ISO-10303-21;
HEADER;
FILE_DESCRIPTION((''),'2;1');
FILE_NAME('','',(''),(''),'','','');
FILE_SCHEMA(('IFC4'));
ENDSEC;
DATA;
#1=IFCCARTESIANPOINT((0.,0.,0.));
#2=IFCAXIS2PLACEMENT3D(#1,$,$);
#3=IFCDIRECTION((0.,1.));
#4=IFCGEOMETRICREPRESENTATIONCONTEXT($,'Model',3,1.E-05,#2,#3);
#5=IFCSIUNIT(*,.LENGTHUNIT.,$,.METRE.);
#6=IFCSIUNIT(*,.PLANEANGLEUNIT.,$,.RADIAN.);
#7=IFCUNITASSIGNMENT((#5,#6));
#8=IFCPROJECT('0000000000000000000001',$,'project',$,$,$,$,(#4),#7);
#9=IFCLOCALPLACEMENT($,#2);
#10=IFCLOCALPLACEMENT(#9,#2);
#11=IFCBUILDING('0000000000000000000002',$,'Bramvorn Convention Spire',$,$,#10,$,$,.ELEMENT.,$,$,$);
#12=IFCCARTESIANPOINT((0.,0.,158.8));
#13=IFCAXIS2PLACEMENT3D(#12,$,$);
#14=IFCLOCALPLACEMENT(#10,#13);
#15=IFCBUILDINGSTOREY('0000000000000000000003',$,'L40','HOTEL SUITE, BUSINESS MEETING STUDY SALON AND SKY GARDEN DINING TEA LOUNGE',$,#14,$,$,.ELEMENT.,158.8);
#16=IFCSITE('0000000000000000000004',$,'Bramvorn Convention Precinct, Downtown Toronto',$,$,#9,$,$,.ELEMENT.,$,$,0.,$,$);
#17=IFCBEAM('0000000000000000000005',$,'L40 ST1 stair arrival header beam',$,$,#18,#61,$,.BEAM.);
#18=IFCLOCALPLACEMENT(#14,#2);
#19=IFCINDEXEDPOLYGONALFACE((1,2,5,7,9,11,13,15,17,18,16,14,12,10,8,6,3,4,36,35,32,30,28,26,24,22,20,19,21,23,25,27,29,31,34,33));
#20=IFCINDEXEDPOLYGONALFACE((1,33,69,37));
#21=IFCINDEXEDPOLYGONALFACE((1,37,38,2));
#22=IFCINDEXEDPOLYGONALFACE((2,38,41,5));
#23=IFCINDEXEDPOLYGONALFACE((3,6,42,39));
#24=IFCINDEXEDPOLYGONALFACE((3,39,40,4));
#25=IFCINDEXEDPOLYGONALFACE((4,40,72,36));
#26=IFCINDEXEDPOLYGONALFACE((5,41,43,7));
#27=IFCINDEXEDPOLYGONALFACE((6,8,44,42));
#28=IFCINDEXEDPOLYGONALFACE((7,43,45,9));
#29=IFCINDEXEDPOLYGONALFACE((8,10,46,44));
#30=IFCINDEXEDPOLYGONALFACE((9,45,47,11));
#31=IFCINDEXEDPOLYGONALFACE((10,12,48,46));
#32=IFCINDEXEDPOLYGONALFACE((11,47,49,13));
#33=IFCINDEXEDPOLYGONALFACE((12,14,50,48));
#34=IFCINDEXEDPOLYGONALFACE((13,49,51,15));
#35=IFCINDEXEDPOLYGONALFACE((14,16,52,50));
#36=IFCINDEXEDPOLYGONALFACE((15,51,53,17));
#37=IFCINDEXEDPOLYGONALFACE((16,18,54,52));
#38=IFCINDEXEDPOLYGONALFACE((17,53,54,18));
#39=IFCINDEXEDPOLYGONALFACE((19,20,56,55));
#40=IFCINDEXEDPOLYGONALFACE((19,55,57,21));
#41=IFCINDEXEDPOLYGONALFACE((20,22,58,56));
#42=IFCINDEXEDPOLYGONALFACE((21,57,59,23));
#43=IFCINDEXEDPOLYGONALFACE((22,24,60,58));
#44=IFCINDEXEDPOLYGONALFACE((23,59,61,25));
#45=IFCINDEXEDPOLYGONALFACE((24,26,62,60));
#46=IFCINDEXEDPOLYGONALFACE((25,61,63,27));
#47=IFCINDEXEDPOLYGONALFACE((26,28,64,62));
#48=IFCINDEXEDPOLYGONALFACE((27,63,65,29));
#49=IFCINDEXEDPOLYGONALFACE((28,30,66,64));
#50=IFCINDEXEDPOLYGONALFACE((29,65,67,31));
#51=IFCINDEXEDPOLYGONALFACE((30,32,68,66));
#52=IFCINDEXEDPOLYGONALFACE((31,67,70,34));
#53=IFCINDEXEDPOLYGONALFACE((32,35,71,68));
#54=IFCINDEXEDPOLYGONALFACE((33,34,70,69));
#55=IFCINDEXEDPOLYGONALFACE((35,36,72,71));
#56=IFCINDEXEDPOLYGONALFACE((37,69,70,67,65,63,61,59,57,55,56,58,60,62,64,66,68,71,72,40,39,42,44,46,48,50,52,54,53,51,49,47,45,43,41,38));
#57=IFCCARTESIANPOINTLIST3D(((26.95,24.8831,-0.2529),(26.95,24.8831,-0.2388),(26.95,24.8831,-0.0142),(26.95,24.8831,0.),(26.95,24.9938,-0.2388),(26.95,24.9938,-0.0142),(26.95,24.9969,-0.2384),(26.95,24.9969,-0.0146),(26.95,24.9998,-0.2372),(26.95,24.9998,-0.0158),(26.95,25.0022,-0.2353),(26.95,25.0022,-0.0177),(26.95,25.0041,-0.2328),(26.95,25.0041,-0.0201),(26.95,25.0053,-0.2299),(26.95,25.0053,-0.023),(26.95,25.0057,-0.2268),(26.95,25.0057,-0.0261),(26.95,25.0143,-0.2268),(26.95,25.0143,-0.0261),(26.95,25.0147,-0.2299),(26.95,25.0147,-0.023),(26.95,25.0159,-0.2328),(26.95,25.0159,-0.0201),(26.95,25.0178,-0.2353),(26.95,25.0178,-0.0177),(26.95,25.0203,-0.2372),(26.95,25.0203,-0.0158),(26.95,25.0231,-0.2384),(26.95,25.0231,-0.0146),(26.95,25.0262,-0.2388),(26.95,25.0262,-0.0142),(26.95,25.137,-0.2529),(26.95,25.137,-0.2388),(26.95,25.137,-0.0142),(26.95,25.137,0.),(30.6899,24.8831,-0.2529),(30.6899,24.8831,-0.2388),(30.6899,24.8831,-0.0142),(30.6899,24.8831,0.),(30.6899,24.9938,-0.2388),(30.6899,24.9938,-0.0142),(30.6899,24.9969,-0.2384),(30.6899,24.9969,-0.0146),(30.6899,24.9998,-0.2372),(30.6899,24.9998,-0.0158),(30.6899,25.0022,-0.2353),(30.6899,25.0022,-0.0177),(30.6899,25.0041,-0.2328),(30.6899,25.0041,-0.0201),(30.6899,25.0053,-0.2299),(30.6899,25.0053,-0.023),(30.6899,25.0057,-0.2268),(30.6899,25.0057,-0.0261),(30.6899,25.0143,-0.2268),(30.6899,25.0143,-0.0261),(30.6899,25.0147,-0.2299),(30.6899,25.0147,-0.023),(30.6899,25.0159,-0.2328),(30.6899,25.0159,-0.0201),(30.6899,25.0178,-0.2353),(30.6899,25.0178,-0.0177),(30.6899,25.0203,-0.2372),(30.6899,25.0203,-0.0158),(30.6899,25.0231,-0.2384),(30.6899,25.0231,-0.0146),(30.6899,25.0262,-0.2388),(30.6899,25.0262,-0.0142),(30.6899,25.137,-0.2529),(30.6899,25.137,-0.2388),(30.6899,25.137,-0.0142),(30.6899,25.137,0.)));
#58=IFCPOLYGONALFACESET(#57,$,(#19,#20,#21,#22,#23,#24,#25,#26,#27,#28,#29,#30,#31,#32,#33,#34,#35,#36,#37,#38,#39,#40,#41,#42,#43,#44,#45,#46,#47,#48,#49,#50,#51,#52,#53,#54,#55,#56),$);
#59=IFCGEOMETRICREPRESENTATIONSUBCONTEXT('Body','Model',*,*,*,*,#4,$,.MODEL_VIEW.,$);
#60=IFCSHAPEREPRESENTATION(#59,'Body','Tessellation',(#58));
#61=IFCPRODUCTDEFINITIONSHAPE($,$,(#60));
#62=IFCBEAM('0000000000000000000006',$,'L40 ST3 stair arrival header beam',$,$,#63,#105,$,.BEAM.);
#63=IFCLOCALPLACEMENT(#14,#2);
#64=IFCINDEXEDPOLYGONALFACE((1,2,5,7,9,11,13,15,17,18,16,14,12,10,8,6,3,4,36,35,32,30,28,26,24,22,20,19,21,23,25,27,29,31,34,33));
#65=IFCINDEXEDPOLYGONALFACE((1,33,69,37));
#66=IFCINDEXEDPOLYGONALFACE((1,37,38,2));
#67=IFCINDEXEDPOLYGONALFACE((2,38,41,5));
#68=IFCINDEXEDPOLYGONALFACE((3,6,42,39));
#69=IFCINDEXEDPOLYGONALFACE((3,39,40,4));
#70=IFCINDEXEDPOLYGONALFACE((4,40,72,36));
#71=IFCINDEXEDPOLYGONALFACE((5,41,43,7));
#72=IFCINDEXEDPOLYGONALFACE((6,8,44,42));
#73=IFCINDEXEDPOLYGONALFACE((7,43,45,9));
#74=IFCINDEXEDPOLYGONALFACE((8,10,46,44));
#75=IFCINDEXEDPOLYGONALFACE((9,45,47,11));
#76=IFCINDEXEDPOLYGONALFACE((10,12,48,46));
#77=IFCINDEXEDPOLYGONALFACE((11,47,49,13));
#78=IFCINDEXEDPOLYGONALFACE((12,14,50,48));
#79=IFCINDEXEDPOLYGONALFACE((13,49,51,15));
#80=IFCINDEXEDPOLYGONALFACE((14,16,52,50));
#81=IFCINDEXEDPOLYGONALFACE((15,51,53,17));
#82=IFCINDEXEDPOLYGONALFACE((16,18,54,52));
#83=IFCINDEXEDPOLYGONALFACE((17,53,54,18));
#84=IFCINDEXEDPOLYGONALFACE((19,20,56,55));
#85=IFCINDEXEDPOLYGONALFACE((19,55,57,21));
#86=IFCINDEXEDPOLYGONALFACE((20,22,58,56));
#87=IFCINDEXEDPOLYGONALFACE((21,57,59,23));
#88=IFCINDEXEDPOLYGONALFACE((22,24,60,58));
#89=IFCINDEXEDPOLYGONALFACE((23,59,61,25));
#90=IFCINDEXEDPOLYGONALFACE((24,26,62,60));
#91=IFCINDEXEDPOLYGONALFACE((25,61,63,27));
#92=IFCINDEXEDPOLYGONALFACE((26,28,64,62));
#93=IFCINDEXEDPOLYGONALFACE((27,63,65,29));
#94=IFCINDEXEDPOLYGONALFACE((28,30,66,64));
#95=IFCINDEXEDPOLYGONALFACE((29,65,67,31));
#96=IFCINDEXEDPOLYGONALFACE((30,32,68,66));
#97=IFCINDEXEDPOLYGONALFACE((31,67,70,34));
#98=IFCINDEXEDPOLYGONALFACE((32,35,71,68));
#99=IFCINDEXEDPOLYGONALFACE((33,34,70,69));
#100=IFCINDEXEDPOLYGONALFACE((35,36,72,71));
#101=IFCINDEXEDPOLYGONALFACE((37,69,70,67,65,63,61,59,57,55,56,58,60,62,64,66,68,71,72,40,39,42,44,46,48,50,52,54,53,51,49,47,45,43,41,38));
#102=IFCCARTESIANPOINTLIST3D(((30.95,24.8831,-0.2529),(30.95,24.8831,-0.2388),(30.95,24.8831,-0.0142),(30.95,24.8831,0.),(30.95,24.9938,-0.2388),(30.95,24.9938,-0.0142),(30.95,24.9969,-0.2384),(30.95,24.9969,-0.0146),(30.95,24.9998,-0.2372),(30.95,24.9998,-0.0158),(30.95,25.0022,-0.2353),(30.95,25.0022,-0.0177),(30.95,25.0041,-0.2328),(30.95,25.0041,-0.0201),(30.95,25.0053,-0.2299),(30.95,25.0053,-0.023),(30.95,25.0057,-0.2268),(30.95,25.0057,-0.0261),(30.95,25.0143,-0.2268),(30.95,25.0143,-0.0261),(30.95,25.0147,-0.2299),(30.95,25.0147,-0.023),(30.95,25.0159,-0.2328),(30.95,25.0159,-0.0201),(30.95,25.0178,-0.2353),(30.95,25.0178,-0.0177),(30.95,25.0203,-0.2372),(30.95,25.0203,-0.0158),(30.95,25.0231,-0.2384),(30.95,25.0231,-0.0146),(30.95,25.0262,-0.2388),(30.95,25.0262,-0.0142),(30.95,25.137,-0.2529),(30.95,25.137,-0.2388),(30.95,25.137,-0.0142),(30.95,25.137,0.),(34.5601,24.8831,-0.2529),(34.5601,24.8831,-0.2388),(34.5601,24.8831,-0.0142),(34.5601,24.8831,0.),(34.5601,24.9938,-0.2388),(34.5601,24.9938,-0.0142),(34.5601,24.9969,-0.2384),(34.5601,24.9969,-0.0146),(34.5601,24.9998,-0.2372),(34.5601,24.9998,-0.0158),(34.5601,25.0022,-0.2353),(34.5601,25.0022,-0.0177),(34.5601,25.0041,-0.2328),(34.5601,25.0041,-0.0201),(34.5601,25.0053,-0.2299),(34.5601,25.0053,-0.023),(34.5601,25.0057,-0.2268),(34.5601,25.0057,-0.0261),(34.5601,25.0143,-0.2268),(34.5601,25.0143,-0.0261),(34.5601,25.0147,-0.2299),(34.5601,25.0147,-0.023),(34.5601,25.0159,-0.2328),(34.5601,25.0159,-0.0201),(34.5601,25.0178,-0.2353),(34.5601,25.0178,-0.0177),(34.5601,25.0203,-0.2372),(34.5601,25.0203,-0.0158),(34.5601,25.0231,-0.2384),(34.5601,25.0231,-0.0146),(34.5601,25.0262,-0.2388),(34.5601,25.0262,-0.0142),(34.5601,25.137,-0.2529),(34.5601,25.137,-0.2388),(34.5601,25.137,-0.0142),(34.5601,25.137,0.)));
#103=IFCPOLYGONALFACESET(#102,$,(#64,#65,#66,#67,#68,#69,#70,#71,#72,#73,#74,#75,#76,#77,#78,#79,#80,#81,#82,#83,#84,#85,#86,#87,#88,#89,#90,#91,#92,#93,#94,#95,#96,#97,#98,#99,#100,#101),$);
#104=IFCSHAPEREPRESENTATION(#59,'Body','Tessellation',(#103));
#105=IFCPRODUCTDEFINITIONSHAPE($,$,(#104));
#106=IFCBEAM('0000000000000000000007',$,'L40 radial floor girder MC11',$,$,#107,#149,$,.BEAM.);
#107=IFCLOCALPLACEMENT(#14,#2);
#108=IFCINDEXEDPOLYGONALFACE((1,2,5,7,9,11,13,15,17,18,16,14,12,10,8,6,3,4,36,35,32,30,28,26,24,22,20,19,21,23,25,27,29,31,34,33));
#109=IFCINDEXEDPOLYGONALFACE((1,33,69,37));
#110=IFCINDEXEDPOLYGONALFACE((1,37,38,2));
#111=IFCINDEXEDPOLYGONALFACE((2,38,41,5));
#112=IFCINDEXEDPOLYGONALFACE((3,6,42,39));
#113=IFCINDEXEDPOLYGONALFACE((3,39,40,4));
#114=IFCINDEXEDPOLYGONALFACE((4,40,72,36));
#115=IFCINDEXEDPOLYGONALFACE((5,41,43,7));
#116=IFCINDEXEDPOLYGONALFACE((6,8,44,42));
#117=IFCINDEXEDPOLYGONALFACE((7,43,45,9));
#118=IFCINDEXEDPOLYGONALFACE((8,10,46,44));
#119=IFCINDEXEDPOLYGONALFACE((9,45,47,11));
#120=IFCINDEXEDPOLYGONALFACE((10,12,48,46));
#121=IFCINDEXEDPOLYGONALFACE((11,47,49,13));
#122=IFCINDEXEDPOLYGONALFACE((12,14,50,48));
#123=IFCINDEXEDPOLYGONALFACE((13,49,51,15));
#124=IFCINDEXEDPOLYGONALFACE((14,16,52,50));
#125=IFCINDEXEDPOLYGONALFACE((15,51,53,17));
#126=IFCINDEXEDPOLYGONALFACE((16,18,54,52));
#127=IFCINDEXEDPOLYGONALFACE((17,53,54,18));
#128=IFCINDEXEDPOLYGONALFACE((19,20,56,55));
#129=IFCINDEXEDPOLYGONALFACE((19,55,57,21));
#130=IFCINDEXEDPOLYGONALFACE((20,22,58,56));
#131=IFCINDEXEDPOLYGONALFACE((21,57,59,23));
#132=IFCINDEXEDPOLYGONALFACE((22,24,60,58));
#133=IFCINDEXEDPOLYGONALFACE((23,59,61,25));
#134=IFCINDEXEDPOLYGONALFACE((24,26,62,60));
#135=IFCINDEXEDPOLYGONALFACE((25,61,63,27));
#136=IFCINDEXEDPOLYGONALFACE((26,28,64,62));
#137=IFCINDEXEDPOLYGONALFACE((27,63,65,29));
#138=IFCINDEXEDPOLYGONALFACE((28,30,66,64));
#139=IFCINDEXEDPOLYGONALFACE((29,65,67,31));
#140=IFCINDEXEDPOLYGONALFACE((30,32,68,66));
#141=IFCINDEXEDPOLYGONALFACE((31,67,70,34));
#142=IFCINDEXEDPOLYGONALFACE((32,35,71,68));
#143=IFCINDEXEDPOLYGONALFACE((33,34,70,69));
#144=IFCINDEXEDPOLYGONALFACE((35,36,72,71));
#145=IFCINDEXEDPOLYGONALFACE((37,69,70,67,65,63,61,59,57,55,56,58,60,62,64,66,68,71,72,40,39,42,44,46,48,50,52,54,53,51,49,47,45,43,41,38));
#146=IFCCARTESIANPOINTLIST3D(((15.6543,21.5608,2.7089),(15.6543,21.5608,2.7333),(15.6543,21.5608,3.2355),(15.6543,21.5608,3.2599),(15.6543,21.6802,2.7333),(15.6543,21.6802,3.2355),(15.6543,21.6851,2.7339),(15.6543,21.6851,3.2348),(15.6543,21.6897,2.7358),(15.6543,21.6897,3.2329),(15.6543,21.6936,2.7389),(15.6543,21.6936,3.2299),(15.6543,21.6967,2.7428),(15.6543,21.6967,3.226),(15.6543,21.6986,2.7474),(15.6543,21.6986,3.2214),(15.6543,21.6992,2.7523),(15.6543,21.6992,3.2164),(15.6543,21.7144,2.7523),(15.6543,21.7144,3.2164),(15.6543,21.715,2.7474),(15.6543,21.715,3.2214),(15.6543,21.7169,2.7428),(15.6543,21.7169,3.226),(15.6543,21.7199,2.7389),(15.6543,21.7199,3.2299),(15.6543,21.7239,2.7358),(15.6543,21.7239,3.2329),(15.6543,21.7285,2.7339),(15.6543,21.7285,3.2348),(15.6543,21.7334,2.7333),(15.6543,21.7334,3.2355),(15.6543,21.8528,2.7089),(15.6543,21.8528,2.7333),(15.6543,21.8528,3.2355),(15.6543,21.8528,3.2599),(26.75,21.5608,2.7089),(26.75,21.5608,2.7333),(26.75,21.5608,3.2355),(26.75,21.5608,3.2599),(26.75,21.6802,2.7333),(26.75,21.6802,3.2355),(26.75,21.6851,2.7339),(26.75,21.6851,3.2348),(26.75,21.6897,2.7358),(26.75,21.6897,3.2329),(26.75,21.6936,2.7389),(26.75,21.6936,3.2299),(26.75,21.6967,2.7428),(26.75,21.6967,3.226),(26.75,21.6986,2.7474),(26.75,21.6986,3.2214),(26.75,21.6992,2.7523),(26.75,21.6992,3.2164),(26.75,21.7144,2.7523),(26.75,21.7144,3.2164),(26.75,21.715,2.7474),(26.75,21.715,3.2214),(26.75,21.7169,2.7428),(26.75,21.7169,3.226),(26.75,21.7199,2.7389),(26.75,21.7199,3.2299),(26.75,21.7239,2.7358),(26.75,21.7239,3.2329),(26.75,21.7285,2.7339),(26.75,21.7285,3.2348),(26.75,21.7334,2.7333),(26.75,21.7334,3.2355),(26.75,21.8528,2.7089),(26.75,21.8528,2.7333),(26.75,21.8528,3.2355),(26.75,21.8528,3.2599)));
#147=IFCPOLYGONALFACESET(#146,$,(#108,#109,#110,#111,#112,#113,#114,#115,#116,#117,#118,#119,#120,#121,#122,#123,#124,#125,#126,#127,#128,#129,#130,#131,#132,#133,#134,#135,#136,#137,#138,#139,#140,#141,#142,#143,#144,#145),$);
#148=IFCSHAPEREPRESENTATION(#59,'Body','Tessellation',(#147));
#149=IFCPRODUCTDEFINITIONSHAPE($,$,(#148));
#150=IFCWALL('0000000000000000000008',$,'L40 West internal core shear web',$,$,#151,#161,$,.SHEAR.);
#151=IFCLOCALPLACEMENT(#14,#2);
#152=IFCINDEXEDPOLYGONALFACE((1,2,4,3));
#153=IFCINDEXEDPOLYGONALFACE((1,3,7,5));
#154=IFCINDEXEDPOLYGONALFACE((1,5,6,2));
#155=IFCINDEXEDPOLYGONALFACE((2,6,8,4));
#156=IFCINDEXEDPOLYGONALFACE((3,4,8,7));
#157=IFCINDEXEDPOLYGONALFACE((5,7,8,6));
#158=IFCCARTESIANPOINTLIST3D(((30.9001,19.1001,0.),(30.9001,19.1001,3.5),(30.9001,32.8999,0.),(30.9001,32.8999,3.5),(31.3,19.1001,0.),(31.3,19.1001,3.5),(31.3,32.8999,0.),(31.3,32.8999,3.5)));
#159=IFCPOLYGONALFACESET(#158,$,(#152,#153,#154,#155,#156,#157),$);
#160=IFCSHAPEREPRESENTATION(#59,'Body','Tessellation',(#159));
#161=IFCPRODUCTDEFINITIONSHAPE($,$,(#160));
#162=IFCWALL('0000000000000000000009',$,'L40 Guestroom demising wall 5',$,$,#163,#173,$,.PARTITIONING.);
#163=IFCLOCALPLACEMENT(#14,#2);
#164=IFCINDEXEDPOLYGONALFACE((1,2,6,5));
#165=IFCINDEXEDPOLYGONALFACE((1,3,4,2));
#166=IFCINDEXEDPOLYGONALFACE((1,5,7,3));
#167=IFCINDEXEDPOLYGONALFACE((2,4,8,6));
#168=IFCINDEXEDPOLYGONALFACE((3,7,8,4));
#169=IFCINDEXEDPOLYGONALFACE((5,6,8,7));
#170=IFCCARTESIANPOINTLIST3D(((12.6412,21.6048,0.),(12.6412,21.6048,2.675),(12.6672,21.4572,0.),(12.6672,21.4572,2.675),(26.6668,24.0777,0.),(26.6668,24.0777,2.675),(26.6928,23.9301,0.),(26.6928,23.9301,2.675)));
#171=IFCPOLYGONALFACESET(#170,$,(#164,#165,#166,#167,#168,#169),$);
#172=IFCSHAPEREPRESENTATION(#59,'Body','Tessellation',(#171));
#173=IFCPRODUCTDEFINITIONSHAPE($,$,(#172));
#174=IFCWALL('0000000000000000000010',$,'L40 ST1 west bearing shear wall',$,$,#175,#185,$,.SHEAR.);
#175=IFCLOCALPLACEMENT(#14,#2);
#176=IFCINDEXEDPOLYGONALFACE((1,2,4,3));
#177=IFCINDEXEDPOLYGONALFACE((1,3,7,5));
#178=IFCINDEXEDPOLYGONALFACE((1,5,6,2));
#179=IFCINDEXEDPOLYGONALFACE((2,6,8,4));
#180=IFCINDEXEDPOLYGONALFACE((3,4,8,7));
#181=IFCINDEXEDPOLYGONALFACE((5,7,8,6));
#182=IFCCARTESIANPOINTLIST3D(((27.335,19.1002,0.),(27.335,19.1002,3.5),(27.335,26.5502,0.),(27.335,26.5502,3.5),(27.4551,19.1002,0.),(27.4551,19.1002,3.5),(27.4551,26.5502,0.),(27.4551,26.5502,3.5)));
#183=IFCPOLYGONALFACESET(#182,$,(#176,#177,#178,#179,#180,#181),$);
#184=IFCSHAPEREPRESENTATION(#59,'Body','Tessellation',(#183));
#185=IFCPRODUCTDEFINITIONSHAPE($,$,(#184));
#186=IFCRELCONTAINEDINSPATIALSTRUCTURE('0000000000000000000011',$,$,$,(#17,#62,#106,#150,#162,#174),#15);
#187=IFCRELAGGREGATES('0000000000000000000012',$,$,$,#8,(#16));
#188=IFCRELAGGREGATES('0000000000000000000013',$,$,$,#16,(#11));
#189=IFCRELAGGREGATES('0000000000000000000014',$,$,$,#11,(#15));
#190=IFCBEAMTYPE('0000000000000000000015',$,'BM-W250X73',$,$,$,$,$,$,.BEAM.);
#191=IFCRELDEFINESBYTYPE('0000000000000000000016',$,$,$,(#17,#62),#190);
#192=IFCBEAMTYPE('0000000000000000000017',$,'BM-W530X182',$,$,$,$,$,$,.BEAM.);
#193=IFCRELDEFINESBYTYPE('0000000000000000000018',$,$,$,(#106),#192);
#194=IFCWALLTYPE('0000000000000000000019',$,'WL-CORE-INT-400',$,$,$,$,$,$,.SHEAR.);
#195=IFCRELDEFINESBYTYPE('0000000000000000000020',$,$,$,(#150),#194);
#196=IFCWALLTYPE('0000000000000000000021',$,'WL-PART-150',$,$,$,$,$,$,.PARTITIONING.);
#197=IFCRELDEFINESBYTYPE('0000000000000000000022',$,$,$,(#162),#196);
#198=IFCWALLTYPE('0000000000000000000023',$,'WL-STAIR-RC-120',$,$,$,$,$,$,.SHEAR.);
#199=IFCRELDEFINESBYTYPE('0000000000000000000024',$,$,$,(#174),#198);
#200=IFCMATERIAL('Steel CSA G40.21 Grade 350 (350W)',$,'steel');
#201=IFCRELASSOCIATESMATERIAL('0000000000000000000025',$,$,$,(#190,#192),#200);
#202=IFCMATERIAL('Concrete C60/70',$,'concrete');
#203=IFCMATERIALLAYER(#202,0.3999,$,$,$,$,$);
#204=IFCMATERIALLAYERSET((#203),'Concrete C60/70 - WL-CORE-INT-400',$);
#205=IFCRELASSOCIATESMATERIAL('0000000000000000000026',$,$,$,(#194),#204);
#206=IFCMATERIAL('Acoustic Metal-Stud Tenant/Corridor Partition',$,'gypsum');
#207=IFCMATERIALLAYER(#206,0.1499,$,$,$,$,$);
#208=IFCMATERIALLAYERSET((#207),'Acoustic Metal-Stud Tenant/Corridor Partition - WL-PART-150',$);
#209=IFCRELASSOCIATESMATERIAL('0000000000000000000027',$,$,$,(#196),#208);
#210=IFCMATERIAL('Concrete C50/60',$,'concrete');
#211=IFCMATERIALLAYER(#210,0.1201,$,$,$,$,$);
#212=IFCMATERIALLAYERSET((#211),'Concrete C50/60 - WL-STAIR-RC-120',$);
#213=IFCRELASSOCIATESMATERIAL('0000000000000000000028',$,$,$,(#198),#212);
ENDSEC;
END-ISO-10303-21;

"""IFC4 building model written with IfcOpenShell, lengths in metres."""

from ifc_helpers import new_model, si_unit, direction, frame, frame_2d, origin, origin_2d, place, context, subcontext, project, spatial, rectangle, i_section, extrude, material, layer, layer_set, material_profile, profile_set, type_object, element, save


model = new_model("IFC4")

# Units and contexts
model_context = context("Model", 3, precision=1e-05, world=origin(), true_north=direction((0.0, 1.0)))
body_context = subcontext(model_context, "Body", "Model", "MODEL_VIEW")
ifc_project = project(units=[si_unit("LENGTHUNIT", "METRE"), si_unit("PLANEANGLEUNIT", "RADIAN")], contexts=[model_context])

# Site, building, storey
site_placement = place(None, origin())
site = spatial("IfcSite", under=ifc_project, at=site_placement, Name="Bramvorn Convention Precinct, Downtown Toronto", CompositionType="ELEMENT", RefElevation=0.0)
building_placement = place(site_placement, origin())
building = spatial("IfcBuilding", under=site, at=building_placement, Name="Bramvorn Convention Spire", CompositionType="ELEMENT")
storey_placement = place(building_placement, frame((0.0, 0.0, 158.8)))
storey = spatial("IfcBuildingStorey", under=building, at=storey_placement, Name="L40", Description="HOTEL SUITE, BUSINESS MEETING STUDY SALON AND SKY GARDEN DINING TEA LOUNGE", CompositionType="ELEMENT", Elevation=158.8)

# Beams
ifc_material_1 = material(Name="Steel CSA G40.21 Grade 350 (350W)", Category="steel")
ifc_material_profile_1 = material_profile(ifc_material_1, i_section(OverallWidth=0.2539, OverallDepth=0.2529, WebThickness=0.0085, FlangeThickness=0.0142, FilletRadius=0.012, at=origin_2d()))
ifc_profile_set_1 = profile_set([ifc_material_profile_1], Name="Steel CSA G40.21 Grade 350 (350W) - W250X73")
beam_type_1 = type_object("IfcBeamType", Name="BM-W250X73", PredefinedType="BEAM", material=ifc_profile_set_1)
beam_1_placement = place(storey_placement, frame((26.95, 25.01, -0.1265), z_axis=(1.0, 0.0, 0.0), x_axis=(0.0, 1.0, 0.0)))
element("IfcBeam", 1, at=beam_1_placement, inside=storey, type_object=beam_type_1, Name="L40 ST1 stair arrival header beam", PredefinedType="BEAM", context=body_context, shape_type="SweptSolid", body=[
    extrude(i_section(OverallWidth=0.2539, OverallDepth=0.2529, WebThickness=0.0085, FlangeThickness=0.0142, FilletRadius=0.012, at=origin_2d()), origin(), (0.0, 0.0, 1.0), 3.74),
])
beam_2_placement = place(storey_placement, frame((30.95, 25.01, -0.1265), z_axis=(1.0, 0.0, 0.0), x_axis=(0.0, 1.0, 0.0)))
element("IfcBeam", 2, at=beam_2_placement, inside=storey, type_object=beam_type_1, Name="L40 ST3 stair arrival header beam", PredefinedType="BEAM", context=body_context, shape_type="SweptSolid", body=[
    extrude(i_section(OverallWidth=0.2539, OverallDepth=0.2529, WebThickness=0.0085, FlangeThickness=0.0142, FilletRadius=0.012, at=origin_2d()), origin(), (0.0, 0.0, 1.0), 3.6101),
])
ifc_material_profile_2 = material_profile(ifc_material_1, i_section(OverallWidth=0.292, OverallDepth=0.551, WebThickness=0.0151, FlangeThickness=0.0244, FilletRadius=0.019, at=origin_2d()))
ifc_profile_set_2 = profile_set([ifc_material_profile_2], Name="Steel CSA G40.21 Grade 350 (350W) - W530X182")
beam_type_2 = type_object("IfcBeamType", Name="BM-W530X182", PredefinedType="BEAM", material=ifc_profile_set_2)
beam_3_placement = place(storey_placement, frame((26.75, 21.7068, 2.9844), z_axis=(-1.0, 0.0, 0.0), x_axis=(0.0, -1.0, 0.0)))
element("IfcBeam", 3, at=beam_3_placement, inside=storey, type_object=beam_type_2, Name="L40 radial floor girder MC11", PredefinedType="BEAM", context=body_context, shape_type="SweptSolid", body=[
    extrude(i_section(OverallWidth=0.292, OverallDepth=0.551, WebThickness=0.0151, FlangeThickness=0.0244, FilletRadius=0.019, at=origin_2d()), origin(), (0.0, 0.0, 1.0), 11.0957),
])

# Walls
ifc_material_2 = material(Name="Concrete C60/70", Category="concrete")
ifc_layer_1 = layer(ifc_material_2, 0.3999)
ifc_layer_set_1 = layer_set([ifc_layer_1], Name="Concrete C60/70 - WL-CORE-INT-400")
wall_type_1 = type_object("IfcWallType", Name="WL-CORE-INT-400", PredefinedType="SHEAR", material=ifc_layer_set_1)
wall_1_placement = place(storey_placement, frame((31.1001, 19.1001, 0.0), z_axis=(0.0, 0.0, 1.0), x_axis=(0.0, 1.0, 0.0)))
element("IfcWall", 4, at=wall_1_placement, inside=storey, type_object=wall_type_1, Name="L40 West internal core shear web", PredefinedType="SHEAR", context=body_context, shape_type="SweptSolid", body=[
    extrude(rectangle(XDim=13.7998, YDim=0.3999, at=frame_2d((6.8999, 0.0))), origin(), (0.0, 0.0, 1.0), 3.5),
])
ifc_material_3 = material(Name="Acoustic Metal-Stud Tenant/Corridor Partition", Category="gypsum")
ifc_layer_2 = layer(ifc_material_3, 0.1499)
ifc_layer_set_2 = layer_set([ifc_layer_2], Name="Acoustic Metal-Stud Tenant/Corridor Partition - WL-PART-150")
wall_type_2 = type_object("IfcWallType", Name="WL-PART-150", PredefinedType="PARTITIONING", material=ifc_layer_set_2)
wall_2_placement = place(storey_placement, frame((26.6799, 24.0039, 0.0), z_axis=(0.0, 0.0, 1.0), x_axis=(-0.98481, -0.173635, 0.0)))
element("IfcWall", 5, at=wall_2_placement, inside=storey, type_object=wall_type_2, Name="L40 Guestroom demising wall 5", PredefinedType="PARTITIONING", context=body_context, shape_type="SweptSolid", body=[
    extrude(rectangle(XDim=14.2419, YDim=0.1499, at=frame_2d((7.1211, 0.0))), origin(), (0.0, 0.0, 1.0), 2.675),
])
ifc_material_4 = material(Name="Concrete C50/60", Category="concrete")
ifc_layer_3 = layer(ifc_material_4, 0.1201)
ifc_layer_set_3 = layer_set([ifc_layer_3], Name="Concrete C50/60 - WL-STAIR-RC-120")
wall_type_3 = type_object("IfcWallType", Name="WL-STAIR-RC-120", PredefinedType="SHEAR", material=ifc_layer_set_3)
wall_3_placement = place(storey_placement, frame((27.395, 19.1001, 0.0), z_axis=(0.0, 0.0, 1.0), x_axis=(0.0, 1.0, 0.0)))
element("IfcWall", 6, at=wall_3_placement, inside=storey, type_object=wall_type_3, Name="L40 ST1 west bearing shear wall", PredefinedType="SHEAR", context=body_context, shape_type="SweptSolid", body=[
    extrude(rectangle(XDim=7.45, YDim=0.1201, at=frame_2d((3.7251, 0.0))), origin(), (0.0, 0.0, 1.0), 3.5),
])

save(model, "model.ifc")
